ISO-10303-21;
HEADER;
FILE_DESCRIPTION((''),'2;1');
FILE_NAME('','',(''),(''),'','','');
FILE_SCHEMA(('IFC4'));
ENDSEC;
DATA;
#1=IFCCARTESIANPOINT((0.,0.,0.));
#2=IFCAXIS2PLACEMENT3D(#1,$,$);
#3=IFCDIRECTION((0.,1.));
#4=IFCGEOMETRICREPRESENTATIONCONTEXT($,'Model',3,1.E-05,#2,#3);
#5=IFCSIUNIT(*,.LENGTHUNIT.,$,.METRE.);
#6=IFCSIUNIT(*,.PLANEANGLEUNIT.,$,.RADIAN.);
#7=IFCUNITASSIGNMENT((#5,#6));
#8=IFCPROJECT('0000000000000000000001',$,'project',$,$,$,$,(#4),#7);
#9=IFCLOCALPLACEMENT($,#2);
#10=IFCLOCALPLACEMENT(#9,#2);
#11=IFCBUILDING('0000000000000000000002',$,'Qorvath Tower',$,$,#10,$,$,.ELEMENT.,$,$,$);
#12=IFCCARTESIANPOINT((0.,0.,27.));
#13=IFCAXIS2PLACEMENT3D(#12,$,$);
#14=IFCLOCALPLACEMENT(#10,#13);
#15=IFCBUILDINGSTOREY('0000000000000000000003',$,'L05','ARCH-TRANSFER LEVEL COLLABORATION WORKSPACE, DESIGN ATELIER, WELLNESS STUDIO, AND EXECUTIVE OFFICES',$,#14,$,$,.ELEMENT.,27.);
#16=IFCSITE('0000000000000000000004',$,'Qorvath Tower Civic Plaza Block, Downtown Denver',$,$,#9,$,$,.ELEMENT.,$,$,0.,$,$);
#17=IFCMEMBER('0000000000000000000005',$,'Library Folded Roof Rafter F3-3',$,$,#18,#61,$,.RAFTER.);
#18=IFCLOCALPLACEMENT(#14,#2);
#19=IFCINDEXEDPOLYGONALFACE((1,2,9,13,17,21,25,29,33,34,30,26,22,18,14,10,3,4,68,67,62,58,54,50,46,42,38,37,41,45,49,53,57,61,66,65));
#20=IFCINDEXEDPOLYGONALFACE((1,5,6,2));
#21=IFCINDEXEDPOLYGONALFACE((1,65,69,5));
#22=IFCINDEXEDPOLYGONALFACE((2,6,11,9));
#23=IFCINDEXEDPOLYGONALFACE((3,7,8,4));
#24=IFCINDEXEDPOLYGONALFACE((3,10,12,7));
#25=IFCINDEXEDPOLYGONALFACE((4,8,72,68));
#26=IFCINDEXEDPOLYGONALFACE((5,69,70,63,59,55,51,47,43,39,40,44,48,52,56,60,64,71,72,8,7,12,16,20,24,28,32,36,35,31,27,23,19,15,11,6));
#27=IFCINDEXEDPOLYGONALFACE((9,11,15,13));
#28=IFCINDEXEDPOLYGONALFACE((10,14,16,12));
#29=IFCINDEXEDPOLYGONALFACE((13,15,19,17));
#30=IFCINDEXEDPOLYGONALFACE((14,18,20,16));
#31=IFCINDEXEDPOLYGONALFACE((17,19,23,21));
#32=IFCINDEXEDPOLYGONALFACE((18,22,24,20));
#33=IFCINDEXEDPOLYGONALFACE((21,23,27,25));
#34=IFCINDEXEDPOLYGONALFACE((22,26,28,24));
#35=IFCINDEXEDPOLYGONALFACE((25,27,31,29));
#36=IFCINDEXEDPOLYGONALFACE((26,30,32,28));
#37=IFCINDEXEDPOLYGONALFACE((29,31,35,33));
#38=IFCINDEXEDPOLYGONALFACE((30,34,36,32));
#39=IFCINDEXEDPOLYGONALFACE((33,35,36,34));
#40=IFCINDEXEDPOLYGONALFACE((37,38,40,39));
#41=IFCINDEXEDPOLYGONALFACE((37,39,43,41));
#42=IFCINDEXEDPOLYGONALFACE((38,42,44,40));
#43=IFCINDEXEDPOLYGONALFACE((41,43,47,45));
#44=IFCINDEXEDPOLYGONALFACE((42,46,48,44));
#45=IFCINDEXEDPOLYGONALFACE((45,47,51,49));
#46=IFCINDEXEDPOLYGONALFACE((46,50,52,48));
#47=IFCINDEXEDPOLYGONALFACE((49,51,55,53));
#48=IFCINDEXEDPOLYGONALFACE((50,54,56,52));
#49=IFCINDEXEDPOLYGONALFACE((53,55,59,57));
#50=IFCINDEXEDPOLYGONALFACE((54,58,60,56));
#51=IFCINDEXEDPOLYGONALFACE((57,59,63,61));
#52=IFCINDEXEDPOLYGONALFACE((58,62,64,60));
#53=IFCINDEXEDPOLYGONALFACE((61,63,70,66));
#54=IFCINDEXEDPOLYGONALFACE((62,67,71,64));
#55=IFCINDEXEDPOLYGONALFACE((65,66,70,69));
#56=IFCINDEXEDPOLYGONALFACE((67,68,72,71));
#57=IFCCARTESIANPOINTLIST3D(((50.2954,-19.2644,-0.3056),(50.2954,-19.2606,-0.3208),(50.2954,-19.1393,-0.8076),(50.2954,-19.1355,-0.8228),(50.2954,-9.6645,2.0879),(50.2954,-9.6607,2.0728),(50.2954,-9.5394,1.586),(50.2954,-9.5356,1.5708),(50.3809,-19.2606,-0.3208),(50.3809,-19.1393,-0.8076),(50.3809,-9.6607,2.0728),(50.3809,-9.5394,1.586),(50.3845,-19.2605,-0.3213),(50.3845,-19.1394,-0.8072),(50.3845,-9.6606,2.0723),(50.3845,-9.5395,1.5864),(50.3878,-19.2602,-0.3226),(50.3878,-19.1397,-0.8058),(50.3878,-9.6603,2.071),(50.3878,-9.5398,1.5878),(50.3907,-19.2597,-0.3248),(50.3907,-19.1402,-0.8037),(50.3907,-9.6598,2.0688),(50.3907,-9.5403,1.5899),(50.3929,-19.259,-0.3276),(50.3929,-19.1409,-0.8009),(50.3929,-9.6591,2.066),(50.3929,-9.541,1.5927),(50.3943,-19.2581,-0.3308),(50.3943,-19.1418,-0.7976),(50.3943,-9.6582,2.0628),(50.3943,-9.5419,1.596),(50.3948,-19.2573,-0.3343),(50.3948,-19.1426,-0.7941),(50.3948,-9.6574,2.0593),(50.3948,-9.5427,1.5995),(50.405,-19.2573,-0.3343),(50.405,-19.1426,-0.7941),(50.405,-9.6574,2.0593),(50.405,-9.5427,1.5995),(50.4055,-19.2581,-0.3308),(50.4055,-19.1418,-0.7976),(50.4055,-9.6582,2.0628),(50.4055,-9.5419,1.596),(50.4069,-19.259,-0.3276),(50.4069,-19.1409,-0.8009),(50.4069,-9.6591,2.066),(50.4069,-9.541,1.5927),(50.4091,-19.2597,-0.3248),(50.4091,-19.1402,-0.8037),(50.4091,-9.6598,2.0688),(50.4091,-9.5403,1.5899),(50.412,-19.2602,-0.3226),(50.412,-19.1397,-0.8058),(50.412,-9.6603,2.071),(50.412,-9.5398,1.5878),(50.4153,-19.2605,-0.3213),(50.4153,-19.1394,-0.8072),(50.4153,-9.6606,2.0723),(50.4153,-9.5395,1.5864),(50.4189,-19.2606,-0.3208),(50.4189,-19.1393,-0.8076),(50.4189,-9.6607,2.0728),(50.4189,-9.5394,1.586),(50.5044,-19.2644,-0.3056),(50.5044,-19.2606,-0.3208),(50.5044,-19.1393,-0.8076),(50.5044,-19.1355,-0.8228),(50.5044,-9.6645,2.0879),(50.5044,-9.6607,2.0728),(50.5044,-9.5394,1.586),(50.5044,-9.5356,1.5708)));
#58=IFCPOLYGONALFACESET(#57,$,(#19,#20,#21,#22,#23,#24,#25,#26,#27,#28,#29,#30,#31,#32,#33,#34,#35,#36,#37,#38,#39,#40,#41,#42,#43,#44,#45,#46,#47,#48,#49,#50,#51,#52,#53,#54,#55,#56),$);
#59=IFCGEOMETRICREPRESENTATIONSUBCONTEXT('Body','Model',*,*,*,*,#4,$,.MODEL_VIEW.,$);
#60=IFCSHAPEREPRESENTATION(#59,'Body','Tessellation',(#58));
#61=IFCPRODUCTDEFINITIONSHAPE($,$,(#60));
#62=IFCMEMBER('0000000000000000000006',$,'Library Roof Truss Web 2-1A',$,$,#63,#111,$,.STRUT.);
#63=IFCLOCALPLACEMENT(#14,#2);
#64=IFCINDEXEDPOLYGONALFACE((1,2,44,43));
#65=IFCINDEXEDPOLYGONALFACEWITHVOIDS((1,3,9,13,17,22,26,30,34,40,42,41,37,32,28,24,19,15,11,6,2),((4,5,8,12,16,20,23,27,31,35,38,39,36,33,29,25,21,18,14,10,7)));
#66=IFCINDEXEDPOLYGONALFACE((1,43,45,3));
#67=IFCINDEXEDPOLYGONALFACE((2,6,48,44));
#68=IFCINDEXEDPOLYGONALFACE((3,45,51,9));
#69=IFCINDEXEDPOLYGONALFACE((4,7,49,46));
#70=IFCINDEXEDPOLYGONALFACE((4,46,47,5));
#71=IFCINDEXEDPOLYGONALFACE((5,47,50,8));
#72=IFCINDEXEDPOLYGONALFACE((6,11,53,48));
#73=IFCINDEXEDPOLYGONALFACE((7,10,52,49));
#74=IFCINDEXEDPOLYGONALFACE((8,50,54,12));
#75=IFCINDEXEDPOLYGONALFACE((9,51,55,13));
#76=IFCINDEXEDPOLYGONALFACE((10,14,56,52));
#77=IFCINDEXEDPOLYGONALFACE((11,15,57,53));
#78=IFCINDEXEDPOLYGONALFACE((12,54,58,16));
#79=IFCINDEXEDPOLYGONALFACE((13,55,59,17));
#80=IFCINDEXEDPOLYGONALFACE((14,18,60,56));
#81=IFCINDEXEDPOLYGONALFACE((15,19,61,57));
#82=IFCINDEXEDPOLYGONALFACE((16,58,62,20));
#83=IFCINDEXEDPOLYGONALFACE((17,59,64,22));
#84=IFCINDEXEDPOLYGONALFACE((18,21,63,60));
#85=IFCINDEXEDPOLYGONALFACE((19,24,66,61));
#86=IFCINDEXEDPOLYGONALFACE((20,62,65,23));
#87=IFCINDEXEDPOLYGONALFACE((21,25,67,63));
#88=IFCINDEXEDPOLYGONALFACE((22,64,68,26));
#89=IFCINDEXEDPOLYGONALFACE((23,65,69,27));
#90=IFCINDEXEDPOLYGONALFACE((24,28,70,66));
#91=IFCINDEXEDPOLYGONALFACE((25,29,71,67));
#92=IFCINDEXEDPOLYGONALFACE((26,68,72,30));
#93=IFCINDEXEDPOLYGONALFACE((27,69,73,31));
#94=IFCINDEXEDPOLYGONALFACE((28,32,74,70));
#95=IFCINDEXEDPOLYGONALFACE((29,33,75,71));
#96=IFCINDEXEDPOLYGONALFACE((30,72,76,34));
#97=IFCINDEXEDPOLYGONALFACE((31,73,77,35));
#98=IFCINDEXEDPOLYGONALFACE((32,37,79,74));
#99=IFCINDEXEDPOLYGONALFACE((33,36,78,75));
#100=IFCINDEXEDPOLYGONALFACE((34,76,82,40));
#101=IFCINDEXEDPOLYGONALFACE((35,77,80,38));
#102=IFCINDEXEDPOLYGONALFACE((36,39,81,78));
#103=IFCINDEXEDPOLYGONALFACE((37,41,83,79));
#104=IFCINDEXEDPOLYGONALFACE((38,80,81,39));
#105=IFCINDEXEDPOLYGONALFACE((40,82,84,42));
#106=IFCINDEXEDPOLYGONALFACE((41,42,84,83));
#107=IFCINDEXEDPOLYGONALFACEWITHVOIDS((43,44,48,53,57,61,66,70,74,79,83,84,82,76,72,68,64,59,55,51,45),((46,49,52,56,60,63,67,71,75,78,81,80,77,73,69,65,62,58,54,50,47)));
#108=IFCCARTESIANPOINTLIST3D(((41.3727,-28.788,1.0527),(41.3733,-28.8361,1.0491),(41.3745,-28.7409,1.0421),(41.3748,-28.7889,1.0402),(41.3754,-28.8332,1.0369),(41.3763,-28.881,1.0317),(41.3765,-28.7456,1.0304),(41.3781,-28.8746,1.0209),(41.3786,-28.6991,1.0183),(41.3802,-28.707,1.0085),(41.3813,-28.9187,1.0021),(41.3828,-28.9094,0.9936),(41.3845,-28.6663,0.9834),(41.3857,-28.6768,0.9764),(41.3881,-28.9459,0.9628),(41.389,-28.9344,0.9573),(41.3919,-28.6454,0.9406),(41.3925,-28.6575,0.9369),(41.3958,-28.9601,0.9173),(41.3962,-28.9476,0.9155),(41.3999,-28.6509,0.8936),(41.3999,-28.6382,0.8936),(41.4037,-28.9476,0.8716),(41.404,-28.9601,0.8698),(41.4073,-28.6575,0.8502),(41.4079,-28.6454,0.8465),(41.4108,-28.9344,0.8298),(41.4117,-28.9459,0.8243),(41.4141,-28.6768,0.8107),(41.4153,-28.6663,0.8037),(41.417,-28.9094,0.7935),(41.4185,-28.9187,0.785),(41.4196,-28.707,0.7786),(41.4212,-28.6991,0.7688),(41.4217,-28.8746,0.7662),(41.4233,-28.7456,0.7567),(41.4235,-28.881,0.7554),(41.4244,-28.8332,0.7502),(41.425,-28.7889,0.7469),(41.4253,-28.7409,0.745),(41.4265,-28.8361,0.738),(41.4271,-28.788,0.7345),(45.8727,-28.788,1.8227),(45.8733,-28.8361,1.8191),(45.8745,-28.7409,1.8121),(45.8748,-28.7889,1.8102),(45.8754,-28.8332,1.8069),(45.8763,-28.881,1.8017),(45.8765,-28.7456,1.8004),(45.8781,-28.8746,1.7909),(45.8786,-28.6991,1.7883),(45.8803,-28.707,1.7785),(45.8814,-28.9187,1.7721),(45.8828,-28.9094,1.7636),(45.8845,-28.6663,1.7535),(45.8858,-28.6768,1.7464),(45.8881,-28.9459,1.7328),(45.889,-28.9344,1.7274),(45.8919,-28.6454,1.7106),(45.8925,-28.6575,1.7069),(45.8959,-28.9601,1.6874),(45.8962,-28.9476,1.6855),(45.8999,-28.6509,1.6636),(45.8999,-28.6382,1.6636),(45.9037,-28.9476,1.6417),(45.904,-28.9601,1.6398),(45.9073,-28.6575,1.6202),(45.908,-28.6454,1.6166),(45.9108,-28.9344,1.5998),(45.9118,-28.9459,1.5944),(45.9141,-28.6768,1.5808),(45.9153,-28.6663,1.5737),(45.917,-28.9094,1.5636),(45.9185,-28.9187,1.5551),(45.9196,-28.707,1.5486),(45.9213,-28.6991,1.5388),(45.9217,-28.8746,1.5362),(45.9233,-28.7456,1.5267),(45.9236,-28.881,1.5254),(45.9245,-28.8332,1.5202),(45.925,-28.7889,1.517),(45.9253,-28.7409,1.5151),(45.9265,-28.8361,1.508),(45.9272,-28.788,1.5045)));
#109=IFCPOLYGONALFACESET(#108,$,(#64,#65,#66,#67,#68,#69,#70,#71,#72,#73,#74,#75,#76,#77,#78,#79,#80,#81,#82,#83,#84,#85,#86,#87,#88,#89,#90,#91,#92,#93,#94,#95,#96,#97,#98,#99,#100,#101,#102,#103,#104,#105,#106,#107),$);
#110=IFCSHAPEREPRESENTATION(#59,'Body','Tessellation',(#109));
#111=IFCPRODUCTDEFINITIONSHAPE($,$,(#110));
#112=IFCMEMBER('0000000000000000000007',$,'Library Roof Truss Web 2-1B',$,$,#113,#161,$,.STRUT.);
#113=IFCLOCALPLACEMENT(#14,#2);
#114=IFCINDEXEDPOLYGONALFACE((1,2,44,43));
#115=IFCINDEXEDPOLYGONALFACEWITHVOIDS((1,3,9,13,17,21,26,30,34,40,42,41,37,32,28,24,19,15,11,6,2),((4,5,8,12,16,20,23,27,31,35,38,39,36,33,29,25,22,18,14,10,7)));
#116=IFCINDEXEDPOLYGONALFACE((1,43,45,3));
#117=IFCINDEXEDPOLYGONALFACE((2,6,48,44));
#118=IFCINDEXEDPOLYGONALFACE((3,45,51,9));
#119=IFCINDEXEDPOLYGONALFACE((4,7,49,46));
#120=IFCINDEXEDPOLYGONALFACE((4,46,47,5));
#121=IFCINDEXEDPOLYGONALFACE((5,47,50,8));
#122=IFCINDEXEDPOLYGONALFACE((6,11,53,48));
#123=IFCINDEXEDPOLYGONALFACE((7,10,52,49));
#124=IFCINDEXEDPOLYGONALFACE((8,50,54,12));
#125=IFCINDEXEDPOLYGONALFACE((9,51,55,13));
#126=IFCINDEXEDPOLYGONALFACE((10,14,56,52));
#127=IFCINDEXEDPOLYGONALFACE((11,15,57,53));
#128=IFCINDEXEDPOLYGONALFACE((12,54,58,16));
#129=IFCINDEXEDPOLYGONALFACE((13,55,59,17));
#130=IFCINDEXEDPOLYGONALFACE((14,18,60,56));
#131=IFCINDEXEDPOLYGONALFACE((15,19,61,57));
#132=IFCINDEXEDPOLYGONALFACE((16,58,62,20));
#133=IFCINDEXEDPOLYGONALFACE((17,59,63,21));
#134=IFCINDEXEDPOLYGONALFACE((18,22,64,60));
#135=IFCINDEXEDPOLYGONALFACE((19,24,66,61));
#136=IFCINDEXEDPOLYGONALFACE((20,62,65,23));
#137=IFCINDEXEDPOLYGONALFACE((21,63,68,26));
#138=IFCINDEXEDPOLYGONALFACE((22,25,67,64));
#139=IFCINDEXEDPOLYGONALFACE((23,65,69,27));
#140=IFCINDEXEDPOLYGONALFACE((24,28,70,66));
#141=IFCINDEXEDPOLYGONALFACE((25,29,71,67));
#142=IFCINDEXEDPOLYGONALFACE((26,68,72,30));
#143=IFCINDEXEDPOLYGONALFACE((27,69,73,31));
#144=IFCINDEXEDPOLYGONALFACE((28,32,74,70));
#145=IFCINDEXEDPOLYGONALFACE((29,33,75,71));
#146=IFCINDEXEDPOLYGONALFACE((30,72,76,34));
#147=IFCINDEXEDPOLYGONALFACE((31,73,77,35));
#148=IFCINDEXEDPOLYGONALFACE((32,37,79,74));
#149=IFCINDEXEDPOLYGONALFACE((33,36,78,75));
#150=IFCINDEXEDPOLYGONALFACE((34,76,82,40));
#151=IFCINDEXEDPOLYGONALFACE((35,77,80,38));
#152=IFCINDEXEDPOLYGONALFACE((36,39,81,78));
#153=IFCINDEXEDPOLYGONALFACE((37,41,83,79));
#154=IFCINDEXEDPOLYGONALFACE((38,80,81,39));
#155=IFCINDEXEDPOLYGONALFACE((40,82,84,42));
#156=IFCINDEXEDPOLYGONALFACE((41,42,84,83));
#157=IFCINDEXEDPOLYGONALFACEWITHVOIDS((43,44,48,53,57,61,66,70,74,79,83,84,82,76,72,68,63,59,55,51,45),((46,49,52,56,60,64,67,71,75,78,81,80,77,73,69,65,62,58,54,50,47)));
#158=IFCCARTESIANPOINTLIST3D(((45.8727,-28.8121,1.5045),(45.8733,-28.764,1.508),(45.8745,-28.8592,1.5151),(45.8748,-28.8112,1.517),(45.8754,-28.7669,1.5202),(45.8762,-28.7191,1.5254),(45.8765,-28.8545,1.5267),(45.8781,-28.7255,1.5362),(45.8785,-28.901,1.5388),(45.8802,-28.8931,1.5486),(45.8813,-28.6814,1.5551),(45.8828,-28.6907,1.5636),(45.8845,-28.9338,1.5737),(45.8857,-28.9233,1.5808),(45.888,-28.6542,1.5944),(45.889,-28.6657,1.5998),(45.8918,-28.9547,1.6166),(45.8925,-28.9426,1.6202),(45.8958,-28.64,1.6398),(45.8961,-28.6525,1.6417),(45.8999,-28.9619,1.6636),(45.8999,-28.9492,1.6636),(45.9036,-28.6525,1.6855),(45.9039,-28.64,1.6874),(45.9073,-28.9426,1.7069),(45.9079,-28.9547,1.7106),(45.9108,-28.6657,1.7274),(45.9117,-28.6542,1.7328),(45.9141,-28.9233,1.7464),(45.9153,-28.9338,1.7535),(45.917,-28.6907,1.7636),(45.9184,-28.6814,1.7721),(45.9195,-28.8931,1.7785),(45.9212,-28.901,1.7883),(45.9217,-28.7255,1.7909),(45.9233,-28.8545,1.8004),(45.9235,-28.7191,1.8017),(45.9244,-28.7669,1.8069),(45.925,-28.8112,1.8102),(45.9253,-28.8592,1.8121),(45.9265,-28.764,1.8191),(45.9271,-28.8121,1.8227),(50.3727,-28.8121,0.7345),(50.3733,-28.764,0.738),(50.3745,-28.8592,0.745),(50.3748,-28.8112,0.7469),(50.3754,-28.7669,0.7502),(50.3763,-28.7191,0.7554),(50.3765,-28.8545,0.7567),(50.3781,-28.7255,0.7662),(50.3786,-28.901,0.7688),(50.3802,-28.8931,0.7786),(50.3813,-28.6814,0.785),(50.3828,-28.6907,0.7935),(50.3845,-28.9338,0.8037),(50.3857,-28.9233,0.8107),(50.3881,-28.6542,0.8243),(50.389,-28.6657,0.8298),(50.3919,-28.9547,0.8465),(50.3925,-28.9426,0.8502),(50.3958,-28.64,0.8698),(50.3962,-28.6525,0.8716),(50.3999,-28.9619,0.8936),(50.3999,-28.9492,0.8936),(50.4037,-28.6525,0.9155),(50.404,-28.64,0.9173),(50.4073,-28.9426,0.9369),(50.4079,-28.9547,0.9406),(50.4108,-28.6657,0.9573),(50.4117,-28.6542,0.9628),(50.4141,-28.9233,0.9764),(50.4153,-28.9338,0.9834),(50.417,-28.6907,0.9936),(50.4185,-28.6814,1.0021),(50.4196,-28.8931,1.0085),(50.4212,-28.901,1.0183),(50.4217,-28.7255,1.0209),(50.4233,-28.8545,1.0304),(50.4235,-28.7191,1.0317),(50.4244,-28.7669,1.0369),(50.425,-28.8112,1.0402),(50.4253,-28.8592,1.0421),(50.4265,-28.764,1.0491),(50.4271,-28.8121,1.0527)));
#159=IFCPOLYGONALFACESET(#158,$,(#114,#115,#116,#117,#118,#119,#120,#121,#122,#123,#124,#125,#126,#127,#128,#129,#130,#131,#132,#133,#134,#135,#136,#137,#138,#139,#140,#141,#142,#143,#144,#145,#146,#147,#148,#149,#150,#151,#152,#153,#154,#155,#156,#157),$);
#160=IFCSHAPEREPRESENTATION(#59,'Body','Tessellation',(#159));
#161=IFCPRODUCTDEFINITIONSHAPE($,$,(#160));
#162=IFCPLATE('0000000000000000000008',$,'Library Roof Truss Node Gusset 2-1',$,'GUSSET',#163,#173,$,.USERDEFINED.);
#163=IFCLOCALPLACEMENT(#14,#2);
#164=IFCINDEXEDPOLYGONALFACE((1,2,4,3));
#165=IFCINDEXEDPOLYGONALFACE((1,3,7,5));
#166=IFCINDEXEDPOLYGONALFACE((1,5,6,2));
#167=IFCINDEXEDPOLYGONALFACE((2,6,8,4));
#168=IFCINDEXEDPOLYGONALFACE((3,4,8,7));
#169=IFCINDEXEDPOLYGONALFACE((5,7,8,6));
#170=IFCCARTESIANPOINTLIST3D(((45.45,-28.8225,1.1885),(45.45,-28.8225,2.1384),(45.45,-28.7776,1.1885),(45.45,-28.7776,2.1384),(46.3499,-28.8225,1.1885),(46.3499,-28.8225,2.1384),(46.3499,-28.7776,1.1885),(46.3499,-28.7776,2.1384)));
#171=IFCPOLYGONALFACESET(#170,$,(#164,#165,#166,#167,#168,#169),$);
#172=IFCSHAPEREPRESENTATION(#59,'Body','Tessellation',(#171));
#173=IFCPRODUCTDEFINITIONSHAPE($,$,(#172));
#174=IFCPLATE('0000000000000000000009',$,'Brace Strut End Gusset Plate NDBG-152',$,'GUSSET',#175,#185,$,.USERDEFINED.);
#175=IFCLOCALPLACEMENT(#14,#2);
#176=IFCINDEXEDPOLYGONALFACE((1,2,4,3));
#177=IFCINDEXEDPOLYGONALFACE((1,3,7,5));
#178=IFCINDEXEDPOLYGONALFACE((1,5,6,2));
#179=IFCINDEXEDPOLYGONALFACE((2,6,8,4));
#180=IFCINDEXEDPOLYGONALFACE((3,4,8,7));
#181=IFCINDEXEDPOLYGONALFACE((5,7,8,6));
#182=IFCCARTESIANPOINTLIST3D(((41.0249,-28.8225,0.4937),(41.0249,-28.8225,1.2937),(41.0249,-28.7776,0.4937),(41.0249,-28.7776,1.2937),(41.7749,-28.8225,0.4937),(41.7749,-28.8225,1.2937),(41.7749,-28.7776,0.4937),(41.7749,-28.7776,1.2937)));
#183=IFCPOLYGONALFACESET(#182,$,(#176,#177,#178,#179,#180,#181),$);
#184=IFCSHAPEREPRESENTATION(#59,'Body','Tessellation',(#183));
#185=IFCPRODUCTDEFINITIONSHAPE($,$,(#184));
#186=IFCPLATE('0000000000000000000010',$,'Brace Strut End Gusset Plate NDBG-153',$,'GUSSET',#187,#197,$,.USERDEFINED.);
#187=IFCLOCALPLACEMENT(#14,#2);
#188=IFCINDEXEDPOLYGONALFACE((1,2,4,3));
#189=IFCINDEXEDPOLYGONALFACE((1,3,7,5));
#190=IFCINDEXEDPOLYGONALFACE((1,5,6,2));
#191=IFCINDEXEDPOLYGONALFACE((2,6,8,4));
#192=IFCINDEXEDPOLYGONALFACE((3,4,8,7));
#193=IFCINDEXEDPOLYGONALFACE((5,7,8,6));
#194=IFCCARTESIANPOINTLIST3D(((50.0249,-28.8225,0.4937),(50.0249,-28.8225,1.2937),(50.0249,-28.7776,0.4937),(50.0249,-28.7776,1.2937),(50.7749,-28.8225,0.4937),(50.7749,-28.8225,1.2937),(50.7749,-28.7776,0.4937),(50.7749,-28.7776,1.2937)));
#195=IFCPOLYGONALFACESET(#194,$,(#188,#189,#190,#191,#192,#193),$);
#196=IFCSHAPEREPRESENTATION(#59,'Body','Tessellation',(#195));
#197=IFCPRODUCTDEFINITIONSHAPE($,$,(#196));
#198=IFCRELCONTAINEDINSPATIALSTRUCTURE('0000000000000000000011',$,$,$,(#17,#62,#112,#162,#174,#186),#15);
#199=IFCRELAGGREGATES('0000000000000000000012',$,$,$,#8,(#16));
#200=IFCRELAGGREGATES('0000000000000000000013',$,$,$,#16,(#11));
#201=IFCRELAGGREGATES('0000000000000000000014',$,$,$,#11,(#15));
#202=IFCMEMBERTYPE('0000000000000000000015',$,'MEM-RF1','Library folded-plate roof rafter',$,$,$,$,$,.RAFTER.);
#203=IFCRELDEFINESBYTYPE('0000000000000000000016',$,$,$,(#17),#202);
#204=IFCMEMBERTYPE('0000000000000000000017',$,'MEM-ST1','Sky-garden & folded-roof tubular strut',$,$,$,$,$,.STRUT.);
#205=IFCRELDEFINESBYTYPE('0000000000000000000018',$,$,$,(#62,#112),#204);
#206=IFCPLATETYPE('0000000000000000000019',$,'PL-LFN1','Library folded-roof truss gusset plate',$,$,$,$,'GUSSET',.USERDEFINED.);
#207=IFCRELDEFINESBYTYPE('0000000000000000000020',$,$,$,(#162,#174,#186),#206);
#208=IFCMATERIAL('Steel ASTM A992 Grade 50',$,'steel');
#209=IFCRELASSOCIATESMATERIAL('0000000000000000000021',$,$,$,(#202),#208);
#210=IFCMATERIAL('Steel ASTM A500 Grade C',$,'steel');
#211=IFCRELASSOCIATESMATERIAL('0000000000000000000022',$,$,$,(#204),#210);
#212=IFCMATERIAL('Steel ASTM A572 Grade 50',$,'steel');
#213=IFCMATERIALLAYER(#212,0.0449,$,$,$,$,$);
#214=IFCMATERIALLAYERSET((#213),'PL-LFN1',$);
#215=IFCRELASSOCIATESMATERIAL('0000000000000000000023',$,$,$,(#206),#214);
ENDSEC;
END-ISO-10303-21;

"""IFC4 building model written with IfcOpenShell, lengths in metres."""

from ifc_helpers import new_model, si_unit, direction, frame, origin, origin_2d, place, context, subcontext, project, spatial, rectangle, hollow_circle, i_section, extrude, material, layer, layer_set, material_profile, profile_set, type_object, element, save


model = new_model("IFC4")

# Units and contexts
model_context = context("Model", 3, precision=1e-05, world=origin(), true_north=direction((0.0, 1.0)))
body_context = subcontext(model_context, "Body", "Model", "MODEL_VIEW")
ifc_project = project(units=[si_unit("LENGTHUNIT", "METRE"), si_unit("PLANEANGLEUNIT", "RADIAN")], contexts=[model_context])

# Site, building, storey
site_placement = place(None, origin())
site = spatial("IfcSite", under=ifc_project, at=site_placement, Name="Qorvath Tower Civic Plaza Block, Downtown Denver", CompositionType="ELEMENT", RefElevation=0.0)
building_placement = place(site_placement, origin())
building = spatial("IfcBuilding", under=site, at=building_placement, Name="Qorvath Tower", CompositionType="ELEMENT")
storey_placement = place(building_placement, frame((0.0, 0.0, 27.0)))
storey = spatial("IfcBuildingStorey", under=building, at=storey_placement, Name="L05", Description="ARCH-TRANSFER LEVEL COLLABORATION WORKSPACE, DESIGN ATELIER, WELLNESS STUDIO, AND EXECUTIVE OFFICES", CompositionType="ELEMENT", Elevation=27.0)

# Members
ifc_material_1 = material(Name="Steel ASTM A992 Grade 50", Category="steel")
ifc_material_profile_1 = material_profile(ifc_material_1, i_section(OverallWidth=0.209, OverallDepth=0.533, WebThickness=0.0103, FlangeThickness=0.0156, FilletRadius=0.0139, at=origin_2d()), Name="W21x62")
ifc_profile_set_1 = profile_set([ifc_material_profile_1], Name="Steel ASTM A992 Grade 50")
member_type_1 = type_object("IfcMemberType", Name="MEM-RF1", Description="Library folded-plate roof rafter", PredefinedType="RAFTER", material=ifc_profile_set_1)
for number, where, z_axis, x_axis, name in (
    (1, (50.3999, -19.2, -0.5642), (0.0, 0.970295, 0.241926), (-1.0, 0.0, 0.0), "Library Folded Roof Rafter F3-3"),
):
    element("IfcMember", number, at=place(storey_placement, frame(where, z_axis=z_axis, x_axis=x_axis)), inside=storey, type_object=member_type_1, Name=name, PredefinedType="RAFTER", context=body_context, shape_type="SweptSolid", body=[
        extrude(i_section(OverallWidth=0.209, OverallDepth=0.533, WebThickness=0.0103, FlangeThickness=0.0156, FilletRadius=0.0139, at=origin_2d()), origin(), (0.0, 0.0, 1.0), 9.8938),
    ])
ifc_material_2 = material(Name="Steel ASTM A500 Grade C", Category="steel")
ifc_material_profile_2 = material_profile(ifc_material_2, hollow_circle(Radius=0.1619, WallThickness=0.0127, at=origin_2d()), Name="CHS 324x12.7")
ifc_profile_set_2 = profile_set([ifc_material_profile_2], Name="Steel ASTM A500 Grade C")
member_type_2 = type_object("IfcMemberType", Name="MEM-ST1", Description="Sky-garden & folded-roof tubular strut", PredefinedType="STRUT", material=ifc_profile_set_2)
for number, where, z_axis, x_axis, name in (
    (2, (41.3999, -28.8, 0.8936), (0.985674, 0.0, 0.168664), (0.0, 1.0, 0.0), "Library Roof Truss Web 2-1A"),
    (3, (50.3999, -28.8, 0.8936), (-0.985674, 0.0, 0.168664), (0.0, -1.0, 0.0), "Library Roof Truss Web 2-1B"),
):
    element("IfcMember", number, at=place(storey_placement, frame(where, z_axis=z_axis, x_axis=x_axis)), inside=storey, type_object=member_type_2, Name=name, PredefinedType="STRUT", context=body_context, shape_type="SweptSolid", body=[
        extrude(hollow_circle(Radius=0.1619, WallThickness=0.0127, at=origin_2d()), origin(), (0.0, 0.0, 1.0), 4.5654),
    ])

# Plates
ifc_material_3 = material(Name="Steel ASTM A572 Grade 50", Category="steel")
ifc_layer_1 = layer(ifc_material_3, 0.0449)
ifc_layer_set_1 = layer_set([ifc_layer_1], Name="PL-LFN1")
plate_type = type_object("IfcPlateType", Name="PL-LFN1", Description="Library folded-roof truss gusset plate", ElementType="GUSSET", PredefinedType="USERDEFINED", material=ifc_layer_set_1)
plate_placement = place(storey_placement, frame((45.8999, -28.8, 1.1885), z_axis=(0.0, 0.0, 1.0), x_axis=(1.0, 0.0, 0.0)))
element("IfcPlate", 4, at=plate_placement, inside=storey, type_object=plate_type, Name="Library Roof Truss Node Gusset 2-1", ObjectType="GUSSET", PredefinedType="USERDEFINED", context=body_context, shape_type="SweptSolid", body=[
    extrude(rectangle(XDim=0.8999, YDim=0.0449, at=origin_2d()), origin(), (0.0, 0.0, 1.0), 0.95),
])
for number, where, z_axis, x_axis, name in (
    (5, (41.3999, -28.8, 0.4937), (0.0, 0.0, 1.0), (1.0, 0.0, 0.0), "Brace Strut End Gusset Plate NDBG-152"),
    (6, (50.3999, -28.8, 0.4937), (0.0, 0.0, 1.0), (1.0, 0.0, 0.0), "Brace Strut End Gusset Plate NDBG-153"),
):
    element("IfcPlate", number, at=place(storey_placement, frame(where, z_axis=z_axis, x_axis=x_axis)), inside=storey, type_object=plate_type, Name=name, ObjectType="GUSSET", PredefinedType="USERDEFINED", context=body_context, shape_type="SweptSolid", body=[
        extrude(rectangle(XDim=0.75, YDim=0.0449, at=origin_2d()), origin(), (0.0, 0.0, 1.0), 0.8),
    ])

save(model, "model.ifc")
